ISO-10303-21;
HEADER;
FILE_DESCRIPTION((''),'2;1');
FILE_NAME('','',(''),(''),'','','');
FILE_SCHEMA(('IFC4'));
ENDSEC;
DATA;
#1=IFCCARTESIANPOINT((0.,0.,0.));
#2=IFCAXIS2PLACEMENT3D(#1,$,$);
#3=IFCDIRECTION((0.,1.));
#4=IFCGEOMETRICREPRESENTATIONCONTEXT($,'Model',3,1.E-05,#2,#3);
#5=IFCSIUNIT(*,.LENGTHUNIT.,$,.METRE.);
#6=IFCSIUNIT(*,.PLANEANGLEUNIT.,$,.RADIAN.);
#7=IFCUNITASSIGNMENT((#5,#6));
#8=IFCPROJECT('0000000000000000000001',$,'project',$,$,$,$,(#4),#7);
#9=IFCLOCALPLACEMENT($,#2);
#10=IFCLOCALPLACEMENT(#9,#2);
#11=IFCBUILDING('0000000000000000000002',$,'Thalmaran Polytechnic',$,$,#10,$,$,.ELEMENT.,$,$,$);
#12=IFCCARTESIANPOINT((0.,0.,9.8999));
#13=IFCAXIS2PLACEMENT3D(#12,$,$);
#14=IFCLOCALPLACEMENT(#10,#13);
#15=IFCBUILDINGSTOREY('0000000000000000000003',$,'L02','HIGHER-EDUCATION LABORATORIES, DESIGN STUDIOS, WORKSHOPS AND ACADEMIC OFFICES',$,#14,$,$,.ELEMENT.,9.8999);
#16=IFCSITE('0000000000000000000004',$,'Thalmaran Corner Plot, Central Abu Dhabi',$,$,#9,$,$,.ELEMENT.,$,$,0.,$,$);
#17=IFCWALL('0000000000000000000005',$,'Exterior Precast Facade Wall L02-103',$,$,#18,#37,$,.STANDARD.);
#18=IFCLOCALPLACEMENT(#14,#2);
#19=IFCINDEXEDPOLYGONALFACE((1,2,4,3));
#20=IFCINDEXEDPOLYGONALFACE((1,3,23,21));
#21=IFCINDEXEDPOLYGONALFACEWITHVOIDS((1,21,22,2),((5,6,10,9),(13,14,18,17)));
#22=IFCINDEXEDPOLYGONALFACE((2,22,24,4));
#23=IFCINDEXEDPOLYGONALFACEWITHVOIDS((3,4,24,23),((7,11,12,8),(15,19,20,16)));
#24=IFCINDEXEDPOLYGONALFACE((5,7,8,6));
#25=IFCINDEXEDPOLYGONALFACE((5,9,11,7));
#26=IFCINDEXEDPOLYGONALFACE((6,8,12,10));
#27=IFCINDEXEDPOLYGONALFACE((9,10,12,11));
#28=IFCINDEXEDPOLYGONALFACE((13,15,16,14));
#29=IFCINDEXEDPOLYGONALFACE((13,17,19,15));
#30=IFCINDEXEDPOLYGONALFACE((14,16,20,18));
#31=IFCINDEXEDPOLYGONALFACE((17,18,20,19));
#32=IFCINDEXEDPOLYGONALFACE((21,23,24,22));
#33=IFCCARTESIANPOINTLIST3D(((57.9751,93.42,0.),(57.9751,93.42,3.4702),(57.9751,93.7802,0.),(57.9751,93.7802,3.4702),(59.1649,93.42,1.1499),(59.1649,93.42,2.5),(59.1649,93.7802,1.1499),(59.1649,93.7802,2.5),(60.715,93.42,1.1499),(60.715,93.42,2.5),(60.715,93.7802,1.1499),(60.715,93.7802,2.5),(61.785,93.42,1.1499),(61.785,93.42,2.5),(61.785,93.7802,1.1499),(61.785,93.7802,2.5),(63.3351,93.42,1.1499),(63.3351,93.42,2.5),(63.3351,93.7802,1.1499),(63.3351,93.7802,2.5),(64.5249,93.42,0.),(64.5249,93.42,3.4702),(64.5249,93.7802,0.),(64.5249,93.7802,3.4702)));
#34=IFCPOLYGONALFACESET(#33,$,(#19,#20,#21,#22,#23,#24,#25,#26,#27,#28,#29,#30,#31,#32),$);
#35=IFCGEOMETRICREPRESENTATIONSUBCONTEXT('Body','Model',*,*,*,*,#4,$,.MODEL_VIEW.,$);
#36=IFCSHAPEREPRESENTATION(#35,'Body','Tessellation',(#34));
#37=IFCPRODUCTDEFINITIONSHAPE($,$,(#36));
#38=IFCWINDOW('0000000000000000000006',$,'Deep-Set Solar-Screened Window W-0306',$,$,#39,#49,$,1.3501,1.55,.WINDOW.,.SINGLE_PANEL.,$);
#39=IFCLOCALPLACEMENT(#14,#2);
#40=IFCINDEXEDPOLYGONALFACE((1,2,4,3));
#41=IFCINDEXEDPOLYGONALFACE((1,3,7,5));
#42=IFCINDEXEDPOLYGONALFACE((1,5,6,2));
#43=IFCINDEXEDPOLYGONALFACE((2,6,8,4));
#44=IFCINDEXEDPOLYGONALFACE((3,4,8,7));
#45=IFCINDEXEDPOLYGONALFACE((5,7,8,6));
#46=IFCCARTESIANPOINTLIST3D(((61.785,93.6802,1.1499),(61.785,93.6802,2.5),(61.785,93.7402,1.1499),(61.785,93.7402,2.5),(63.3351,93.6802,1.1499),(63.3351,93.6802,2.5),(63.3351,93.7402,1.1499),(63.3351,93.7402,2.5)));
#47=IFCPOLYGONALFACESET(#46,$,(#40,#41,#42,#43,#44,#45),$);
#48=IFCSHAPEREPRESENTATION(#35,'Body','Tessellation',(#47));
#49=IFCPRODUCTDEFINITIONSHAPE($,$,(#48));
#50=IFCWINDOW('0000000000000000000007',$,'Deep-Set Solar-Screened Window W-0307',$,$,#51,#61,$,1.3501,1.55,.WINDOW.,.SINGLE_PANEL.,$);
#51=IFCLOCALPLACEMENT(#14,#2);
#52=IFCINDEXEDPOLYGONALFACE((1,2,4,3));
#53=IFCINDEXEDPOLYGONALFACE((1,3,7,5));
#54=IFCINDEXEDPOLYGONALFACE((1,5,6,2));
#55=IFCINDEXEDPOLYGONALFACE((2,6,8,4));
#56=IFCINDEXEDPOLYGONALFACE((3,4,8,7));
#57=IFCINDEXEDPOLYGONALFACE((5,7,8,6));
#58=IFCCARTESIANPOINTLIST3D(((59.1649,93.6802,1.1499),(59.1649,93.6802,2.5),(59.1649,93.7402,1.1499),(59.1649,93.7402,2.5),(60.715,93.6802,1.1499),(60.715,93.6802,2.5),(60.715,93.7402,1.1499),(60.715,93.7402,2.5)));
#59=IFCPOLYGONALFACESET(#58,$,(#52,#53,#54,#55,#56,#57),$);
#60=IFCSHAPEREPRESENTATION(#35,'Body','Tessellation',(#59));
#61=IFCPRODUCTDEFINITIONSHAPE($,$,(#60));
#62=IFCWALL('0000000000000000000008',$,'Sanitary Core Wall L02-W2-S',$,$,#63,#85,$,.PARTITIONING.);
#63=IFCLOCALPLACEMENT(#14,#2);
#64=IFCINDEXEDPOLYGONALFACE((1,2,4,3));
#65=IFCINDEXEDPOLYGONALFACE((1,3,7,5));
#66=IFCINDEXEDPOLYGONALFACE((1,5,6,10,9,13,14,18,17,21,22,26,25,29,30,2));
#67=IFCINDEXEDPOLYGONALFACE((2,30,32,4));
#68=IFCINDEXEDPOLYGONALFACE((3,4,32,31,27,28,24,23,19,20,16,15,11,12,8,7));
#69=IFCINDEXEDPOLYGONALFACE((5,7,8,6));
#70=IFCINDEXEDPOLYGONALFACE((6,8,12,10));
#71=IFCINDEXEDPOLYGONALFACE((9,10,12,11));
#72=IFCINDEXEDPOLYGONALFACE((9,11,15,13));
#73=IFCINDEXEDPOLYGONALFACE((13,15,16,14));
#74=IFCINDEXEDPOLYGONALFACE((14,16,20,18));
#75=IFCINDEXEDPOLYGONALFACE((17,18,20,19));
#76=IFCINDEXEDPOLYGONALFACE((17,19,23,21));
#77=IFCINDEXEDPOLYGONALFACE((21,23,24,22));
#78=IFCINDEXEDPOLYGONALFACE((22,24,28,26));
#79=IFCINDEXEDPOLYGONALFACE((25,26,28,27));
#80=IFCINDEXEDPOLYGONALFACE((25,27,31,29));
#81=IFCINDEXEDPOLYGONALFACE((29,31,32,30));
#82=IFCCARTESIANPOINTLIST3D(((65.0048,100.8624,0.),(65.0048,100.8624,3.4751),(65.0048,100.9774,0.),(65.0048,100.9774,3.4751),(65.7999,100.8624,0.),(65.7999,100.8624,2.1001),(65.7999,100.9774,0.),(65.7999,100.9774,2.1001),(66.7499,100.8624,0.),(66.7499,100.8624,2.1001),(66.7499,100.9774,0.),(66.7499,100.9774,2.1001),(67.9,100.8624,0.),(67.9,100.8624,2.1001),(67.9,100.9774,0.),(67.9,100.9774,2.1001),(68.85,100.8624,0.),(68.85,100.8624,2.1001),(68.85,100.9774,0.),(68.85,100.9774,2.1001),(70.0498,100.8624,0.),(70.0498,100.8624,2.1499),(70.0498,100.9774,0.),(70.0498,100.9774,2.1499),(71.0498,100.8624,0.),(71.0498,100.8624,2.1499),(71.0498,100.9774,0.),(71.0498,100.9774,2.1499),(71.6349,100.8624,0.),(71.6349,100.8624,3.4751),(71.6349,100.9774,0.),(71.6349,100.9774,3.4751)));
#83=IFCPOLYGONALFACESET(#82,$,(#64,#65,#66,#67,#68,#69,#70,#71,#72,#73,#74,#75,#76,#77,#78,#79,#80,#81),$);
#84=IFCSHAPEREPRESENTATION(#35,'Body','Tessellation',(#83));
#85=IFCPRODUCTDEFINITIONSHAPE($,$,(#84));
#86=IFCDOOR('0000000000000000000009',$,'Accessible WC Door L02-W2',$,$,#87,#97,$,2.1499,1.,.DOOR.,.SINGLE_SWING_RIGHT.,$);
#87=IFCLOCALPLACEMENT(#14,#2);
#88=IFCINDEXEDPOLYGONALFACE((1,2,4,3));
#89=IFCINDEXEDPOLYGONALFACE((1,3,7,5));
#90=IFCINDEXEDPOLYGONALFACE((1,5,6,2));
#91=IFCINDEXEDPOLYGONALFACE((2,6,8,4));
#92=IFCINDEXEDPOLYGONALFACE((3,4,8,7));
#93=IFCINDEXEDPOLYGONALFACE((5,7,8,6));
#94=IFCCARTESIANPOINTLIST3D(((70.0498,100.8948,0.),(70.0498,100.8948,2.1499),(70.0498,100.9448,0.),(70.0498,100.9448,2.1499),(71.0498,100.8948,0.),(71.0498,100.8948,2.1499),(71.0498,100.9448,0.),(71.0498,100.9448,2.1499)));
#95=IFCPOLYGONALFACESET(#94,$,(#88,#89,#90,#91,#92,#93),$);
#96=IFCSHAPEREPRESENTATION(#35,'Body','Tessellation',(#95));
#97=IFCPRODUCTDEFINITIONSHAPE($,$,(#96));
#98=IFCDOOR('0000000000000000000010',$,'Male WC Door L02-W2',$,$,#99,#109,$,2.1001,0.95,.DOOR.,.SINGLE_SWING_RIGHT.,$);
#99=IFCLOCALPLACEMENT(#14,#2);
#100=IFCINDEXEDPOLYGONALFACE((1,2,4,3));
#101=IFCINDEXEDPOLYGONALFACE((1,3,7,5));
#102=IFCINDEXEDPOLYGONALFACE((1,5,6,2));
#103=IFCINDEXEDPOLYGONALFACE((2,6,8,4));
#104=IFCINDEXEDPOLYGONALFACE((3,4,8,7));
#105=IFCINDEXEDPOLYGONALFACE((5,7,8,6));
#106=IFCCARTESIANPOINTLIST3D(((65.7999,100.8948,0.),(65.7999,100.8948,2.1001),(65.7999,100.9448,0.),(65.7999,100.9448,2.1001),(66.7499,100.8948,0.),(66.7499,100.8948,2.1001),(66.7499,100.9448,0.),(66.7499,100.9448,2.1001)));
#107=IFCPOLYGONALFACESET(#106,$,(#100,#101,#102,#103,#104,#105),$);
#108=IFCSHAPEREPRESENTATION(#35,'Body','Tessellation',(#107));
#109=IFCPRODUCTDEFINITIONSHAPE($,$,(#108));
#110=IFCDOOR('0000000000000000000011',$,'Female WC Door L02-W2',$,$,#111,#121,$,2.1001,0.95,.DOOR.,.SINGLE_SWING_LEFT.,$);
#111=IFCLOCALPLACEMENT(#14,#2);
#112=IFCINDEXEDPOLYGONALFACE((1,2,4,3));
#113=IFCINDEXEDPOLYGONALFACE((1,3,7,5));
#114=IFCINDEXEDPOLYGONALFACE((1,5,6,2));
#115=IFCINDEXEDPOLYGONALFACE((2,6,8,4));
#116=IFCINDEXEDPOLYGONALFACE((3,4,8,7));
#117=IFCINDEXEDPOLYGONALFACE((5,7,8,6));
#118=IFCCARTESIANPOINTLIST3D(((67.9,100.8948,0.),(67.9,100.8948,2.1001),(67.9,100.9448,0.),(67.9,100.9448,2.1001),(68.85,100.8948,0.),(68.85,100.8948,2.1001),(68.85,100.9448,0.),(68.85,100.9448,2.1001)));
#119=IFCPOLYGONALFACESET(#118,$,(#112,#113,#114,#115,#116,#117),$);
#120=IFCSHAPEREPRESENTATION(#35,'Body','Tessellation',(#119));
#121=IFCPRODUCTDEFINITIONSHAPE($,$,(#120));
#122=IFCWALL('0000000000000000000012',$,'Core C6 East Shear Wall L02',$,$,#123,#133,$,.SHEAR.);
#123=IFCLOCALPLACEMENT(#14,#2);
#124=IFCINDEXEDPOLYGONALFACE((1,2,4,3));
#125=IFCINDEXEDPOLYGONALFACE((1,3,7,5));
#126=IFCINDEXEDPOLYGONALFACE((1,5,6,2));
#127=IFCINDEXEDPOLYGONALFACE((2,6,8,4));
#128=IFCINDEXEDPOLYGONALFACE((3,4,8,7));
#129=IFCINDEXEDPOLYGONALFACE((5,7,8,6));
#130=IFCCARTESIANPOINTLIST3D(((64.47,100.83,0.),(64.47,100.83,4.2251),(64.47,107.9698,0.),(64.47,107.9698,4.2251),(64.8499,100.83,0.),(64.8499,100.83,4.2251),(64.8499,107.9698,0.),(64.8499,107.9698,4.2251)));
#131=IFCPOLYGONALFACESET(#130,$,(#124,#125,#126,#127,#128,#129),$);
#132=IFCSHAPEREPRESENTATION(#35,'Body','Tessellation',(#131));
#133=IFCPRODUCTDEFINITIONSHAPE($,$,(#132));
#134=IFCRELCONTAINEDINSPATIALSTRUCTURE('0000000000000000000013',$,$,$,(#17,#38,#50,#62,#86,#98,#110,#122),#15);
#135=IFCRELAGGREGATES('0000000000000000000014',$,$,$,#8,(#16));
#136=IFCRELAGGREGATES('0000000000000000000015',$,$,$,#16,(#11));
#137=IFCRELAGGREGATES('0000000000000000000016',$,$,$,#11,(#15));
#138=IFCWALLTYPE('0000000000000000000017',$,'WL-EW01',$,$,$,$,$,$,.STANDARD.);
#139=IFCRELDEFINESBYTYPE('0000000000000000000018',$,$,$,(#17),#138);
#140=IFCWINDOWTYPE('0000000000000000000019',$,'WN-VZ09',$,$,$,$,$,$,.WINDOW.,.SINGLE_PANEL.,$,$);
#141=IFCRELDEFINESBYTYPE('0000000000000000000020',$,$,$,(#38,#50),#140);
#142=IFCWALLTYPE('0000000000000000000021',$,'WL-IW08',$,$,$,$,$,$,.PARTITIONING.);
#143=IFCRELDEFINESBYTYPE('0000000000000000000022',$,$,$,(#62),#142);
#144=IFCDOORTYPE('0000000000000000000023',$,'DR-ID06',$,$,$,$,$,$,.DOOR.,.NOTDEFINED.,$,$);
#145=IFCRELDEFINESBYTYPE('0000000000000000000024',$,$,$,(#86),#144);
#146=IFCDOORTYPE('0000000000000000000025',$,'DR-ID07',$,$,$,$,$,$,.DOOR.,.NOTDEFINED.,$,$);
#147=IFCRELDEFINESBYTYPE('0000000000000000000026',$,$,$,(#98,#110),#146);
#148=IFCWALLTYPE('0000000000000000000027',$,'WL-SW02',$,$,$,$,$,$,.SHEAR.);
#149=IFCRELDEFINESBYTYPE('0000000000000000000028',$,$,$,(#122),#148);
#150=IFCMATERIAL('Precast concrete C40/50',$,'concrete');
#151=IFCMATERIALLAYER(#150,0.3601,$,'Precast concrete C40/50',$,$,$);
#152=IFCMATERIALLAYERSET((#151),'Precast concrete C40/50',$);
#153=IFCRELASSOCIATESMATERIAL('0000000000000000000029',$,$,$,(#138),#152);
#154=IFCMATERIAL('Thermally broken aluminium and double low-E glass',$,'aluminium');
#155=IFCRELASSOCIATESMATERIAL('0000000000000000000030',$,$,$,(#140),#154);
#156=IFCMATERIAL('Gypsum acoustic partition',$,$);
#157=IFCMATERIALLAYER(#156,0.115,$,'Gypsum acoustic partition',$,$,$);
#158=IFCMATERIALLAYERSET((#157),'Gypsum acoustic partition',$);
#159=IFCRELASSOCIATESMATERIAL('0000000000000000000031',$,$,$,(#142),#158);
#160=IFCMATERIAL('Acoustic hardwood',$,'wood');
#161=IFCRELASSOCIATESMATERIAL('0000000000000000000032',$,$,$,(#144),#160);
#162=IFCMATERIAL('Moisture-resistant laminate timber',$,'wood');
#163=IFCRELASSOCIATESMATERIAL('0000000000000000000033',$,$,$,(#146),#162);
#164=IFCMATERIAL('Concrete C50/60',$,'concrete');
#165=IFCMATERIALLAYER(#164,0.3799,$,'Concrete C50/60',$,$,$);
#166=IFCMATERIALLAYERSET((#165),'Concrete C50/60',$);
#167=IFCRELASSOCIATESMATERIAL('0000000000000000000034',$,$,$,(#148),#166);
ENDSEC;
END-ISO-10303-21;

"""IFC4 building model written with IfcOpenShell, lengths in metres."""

from ifc_helpers import new_model, si_unit, direction, frame, frame_2d, origin, place, context, subcontext, project, spatial, rectangle, extrude, material, layer, layer_set, type_object, element, fill, save


model = new_model("IFC4")

# Units and contexts
model_context = context("Model", 3, precision=1e-05, world=origin(), true_north=direction((0.0, 1.0)))
body_context = subcontext(model_context, "Body", "Model", "MODEL_VIEW")
ifc_project = project(units=[si_unit("LENGTHUNIT", "METRE"), si_unit("PLANEANGLEUNIT", "RADIAN")], contexts=[model_context])

# Site, building, storey
site_placement = place(None, origin())
site = spatial("IfcSite", under=ifc_project, at=site_placement, Name="Thalmaran Corner Plot, Central Abu Dhabi", CompositionType="ELEMENT", RefElevation=0.0)
building_placement = place(site_placement, origin())
building = spatial("IfcBuilding", under=site, at=building_placement, Name="Thalmaran Polytechnic", CompositionType="ELEMENT")
storey_placement = place(building_placement, frame((0.0, 0.0, 9.8999)))
storey = spatial("IfcBuildingStorey", under=building, at=storey_placement, Name="L02", Description="HIGHER-EDUCATION LABORATORIES, DESIGN STUDIOS, WORKSHOPS AND ACADEMIC OFFICES", CompositionType="ELEMENT", Elevation=9.8999)

# Shared definitions
ifc_material_1 = material(Name="Concrete C50/60", Category="concrete")

# Wall, openings, windows
ifc_material_2 = material(Name="Precast concrete C40/50", Category="concrete")
ifc_layer_1 = layer(ifc_material_2, 0.3601, Name="Precast concrete C40/50")
ifc_layer_set_1 = layer_set([ifc_layer_1], Name="Precast concrete C40/50")
wall_type_1 = type_object("IfcWallType", Name="WL-EW01", PredefinedType="STANDARD", material=ifc_layer_set_1)
wall_1_placement = place(storey_placement, frame((64.5249, 93.6001, 0.0), z_axis=(0.0, 0.0, 1.0), x_axis=(-1.0, 0.0, 0.0)))
wall_1 = element("IfcWall", 1, at=wall_1_placement, inside=storey, type_object=wall_type_1, Name="Exterior Precast Facade Wall L02-103", PredefinedType="STANDARD", context=body_context, shape_type="SweptSolid", body=[
    extrude(rectangle(XDim=6.5498, YDim=0.3601, at=frame_2d((3.2749, 0.0))), origin(), (0.0, 0.0, 1.0), 3.4702),
])
opening_1_placement = place(wall_1_placement, frame((1.1899, 0.0, 1.1499)))
opening_1 = element("IfcOpeningElement", 2, at=opening_1_placement, cuts=wall_1, PredefinedType="OPENING", context=body_context, shape_type="SweptSolid", body=[
    extrude(rectangle(XDim=1.55, YDim=1.3501, at=frame_2d((0.7749, 0.675))), frame((0.0, 0.1899, 0.0), z_axis=(0.0, -1.0, 0.0), x_axis=(1.0, 0.0, 0.0)), (0.0, 0.0, 1.0), 0.3801),
])
opening_2_placement = place(wall_1_placement, frame((3.8101, 0.0, 1.1499)))
opening_2 = element("IfcOpeningElement", 3, at=opening_2_placement, cuts=wall_1, PredefinedType="OPENING", context=body_context, shape_type="SweptSolid", body=[
    extrude(rectangle(XDim=1.55, YDim=1.3501, at=frame_2d((0.7749, 0.675))), frame((0.0, 0.1899, 0.0), z_axis=(0.0, -1.0, 0.0), x_axis=(1.0, 0.0, 0.0)), (0.0, 0.0, 1.0), 0.3801),
])
ifc_material_3 = material(Name="Thermally broken aluminium and double low-E glass", Category="aluminium")
window_type = type_object("IfcWindowType", Name="WN-VZ09", PartitioningType="SINGLE_PANEL", PredefinedType="WINDOW", material=ifc_material_3)
window_1_placement = place(opening_1_placement, origin())
window_1 = element("IfcWindow", 4, at=window_1_placement, inside=storey, type_object=window_type, Name="Deep-Set Solar-Screened Window W-0306", OverallHeight=1.3501, OverallWidth=1.55, PartitioningType="SINGLE_PANEL", PredefinedType="WINDOW", context=body_context, shape_type="SweptSolid", body=[
    extrude(rectangle(XDim=1.55, YDim=1.3501, at=frame_2d((0.7749, 0.675))), frame((0.0, -0.0801, 0.0), z_axis=(0.0, -1.0, 0.0), x_axis=(1.0, 0.0, 0.0)), (0.0, 0.0, 1.0), 0.0601),
])
fill(opening_1, window_1)
window_2_placement = place(opening_2_placement, origin())
window_2 = element("IfcWindow", 5, at=window_2_placement, inside=storey, type_object=window_type, Name="Deep-Set Solar-Screened Window W-0307", OverallHeight=1.3501, OverallWidth=1.55, PartitioningType="SINGLE_PANEL", PredefinedType="WINDOW", context=body_context, shape_type="SweptSolid", body=[
    extrude(rectangle(XDim=1.55, YDim=1.3501, at=frame_2d((0.7749, 0.675))), frame((0.0, -0.0801, 0.0), z_axis=(0.0, -1.0, 0.0), x_axis=(1.0, 0.0, 0.0)), (0.0, 0.0, 1.0), 0.0601),
])
fill(opening_2, window_2)

# Wall, openings, doors
ifc_material_4 = material(Name="Gypsum acoustic partition")
ifc_layer_2 = layer(ifc_material_4, 0.115, Name="Gypsum acoustic partition")
ifc_layer_set_2 = layer_set([ifc_layer_2], Name="Gypsum acoustic partition")
wall_type_2 = type_object("IfcWallType", Name="WL-IW08", PredefinedType="PARTITIONING", material=ifc_layer_set_2)
wall_2_placement = place(storey_placement, frame((65.0049, 100.9199, 0.0), z_axis=(0.0, 0.0, 1.0), x_axis=(1.0, 0.0, 0.0)))
wall_2 = element("IfcWall", 6, at=wall_2_placement, inside=storey, type_object=wall_type_2, Name="Sanitary Core Wall L02-W2-S", PredefinedType="PARTITIONING", context=body_context, shape_type="SweptSolid", body=[
    extrude(rectangle(XDim=6.6301, YDim=0.115, at=frame_2d((3.3149, 0.0))), origin(), (0.0, 0.0, 1.0), 3.4751),
])
opening_3_placement = place(wall_2_placement, frame((0.7949, 0.0, 0.0)))
opening_3 = element("IfcOpeningElement", 7, at=opening_3_placement, cuts=wall_2, PredefinedType="OPENING", context=body_context, shape_type="SweptSolid", body=[
    extrude(rectangle(XDim=0.95, YDim=2.1001, at=frame_2d((0.4751, 1.05))), frame((0.0, 0.0674, 0.0), z_axis=(0.0, -1.0, 0.0), x_axis=(1.0, 0.0, 0.0)), (0.0, 0.0, 1.0), 0.135),
])
opening_4_placement = place(wall_2_placement, frame((2.895, 0.0, 0.0)))
opening_4 = element("IfcOpeningElement", 8, at=opening_4_placement, cuts=wall_2, PredefinedType="OPENING", context=body_context, shape_type="SweptSolid", body=[
    extrude(rectangle(XDim=0.95, YDim=2.1001, at=frame_2d((0.4751, 1.05))), frame((0.0, 0.0674, 0.0), z_axis=(0.0, -1.0, 0.0), x_axis=(1.0, 0.0, 0.0)), (0.0, 0.0, 1.0), 0.135),
])
opening_5_placement = place(wall_2_placement, frame((5.0449, 0.0, 0.0)))
opening_5 = element("IfcOpeningElement", 9, at=opening_5_placement, cuts=wall_2, PredefinedType="OPENING", context=body_context, shape_type="SweptSolid", body=[
    extrude(rectangle(XDim=1.0, YDim=2.1499, at=frame_2d((0.5, 1.075))), frame((0.0, 0.0674, 0.0), z_axis=(0.0, -1.0, 0.0), x_axis=(1.0, 0.0, 0.0)), (0.0, 0.0, 1.0), 0.135),
])
ifc_material_5 = material(Name="Acoustic hardwood", Category="wood")
door_type_1 = type_object("IfcDoorType", Name="DR-ID06", OperationType="NOTDEFINED", PredefinedType="DOOR", material=ifc_material_5)
door_1_placement = place(opening_5_placement, origin())
door_1 = element("IfcDoor", 10, at=door_1_placement, inside=storey, type_object=door_type_1, Name="Accessible WC Door L02-W2", OperationType="SINGLE_SWING_RIGHT", OverallHeight=2.1499, OverallWidth=1.0, PredefinedType="DOOR", context=body_context, shape_type="SweptSolid", body=[
    extrude(rectangle(XDim=1.0, YDim=2.1499, at=frame_2d((0.5, 1.075))), frame((0.0, 0.0249, 0.0), z_axis=(0.0, -1.0, 0.0), x_axis=(1.0, 0.0, 0.0)), (0.0, 0.0, 1.0), 0.05),
])
fill(opening_5, door_1)
ifc_material_6 = material(Name="Moisture-resistant laminate timber", Category="wood")
door_type_2 = type_object("IfcDoorType", Name="DR-ID07", OperationType="NOTDEFINED", PredefinedType="DOOR", material=ifc_material_6)
door_2_placement = place(opening_3_placement, origin())
door_2 = element("IfcDoor", 11, at=door_2_placement, inside=storey, type_object=door_type_2, Name="Male WC Door L02-W2", OperationType="SINGLE_SWING_RIGHT", OverallHeight=2.1001, OverallWidth=0.95, PredefinedType="DOOR", context=body_context, shape_type="SweptSolid", body=[
    extrude(rectangle(XDim=0.95, YDim=2.1001, at=frame_2d((0.4751, 1.05))), frame((0.0, 0.0249, 0.0), z_axis=(0.0, -1.0, 0.0), x_axis=(1.0, 0.0, 0.0)), (0.0, 0.0, 1.0), 0.05),
])
fill(opening_3, door_2)
door_3_placement = place(opening_4_placement, origin())
door_3 = element("IfcDoor", 12, at=door_3_placement, inside=storey, type_object=door_type_2, Name="Female WC Door L02-W2", OperationType="SINGLE_SWING_LEFT", OverallHeight=2.1001, OverallWidth=0.95, PredefinedType="DOOR", context=body_context, shape_type="SweptSolid", body=[
    extrude(rectangle(XDim=0.95, YDim=2.1001, at=frame_2d((0.4751, 1.05))), frame((0.0, 0.0249, 0.0), z_axis=(0.0, -1.0, 0.0), x_axis=(1.0, 0.0, 0.0)), (0.0, 0.0, 1.0), 0.05),
])
fill(opening_4, door_3)

# Wall
ifc_layer_3 = layer(ifc_material_1, 0.3799, Name="Concrete C50/60")
ifc_layer_set_3 = layer_set([ifc_layer_3], Name="Concrete C50/60")
wall_type_3 = type_object("IfcWallType", Name="WL-SW02", PredefinedType="SHEAR", material=ifc_layer_set_3)
wall_3_placement = place(storey_placement, frame((64.6599, 100.8301, 0.0), z_axis=(0.0, 0.0, 1.0), x_axis=(0.0, 1.0, 0.0)))
element("IfcWall", 13, at=wall_3_placement, inside=storey, type_object=wall_type_3, Name="Core C6 East Shear Wall L02", PredefinedType="SHEAR", context=body_context, shape_type="SweptSolid", body=[
    extrude(rectangle(XDim=7.1399, YDim=0.3799, at=frame_2d((3.5698, 0.0))), origin(), (0.0, 0.0, 1.0), 4.2251),
])

save(model, "model.ifc")
